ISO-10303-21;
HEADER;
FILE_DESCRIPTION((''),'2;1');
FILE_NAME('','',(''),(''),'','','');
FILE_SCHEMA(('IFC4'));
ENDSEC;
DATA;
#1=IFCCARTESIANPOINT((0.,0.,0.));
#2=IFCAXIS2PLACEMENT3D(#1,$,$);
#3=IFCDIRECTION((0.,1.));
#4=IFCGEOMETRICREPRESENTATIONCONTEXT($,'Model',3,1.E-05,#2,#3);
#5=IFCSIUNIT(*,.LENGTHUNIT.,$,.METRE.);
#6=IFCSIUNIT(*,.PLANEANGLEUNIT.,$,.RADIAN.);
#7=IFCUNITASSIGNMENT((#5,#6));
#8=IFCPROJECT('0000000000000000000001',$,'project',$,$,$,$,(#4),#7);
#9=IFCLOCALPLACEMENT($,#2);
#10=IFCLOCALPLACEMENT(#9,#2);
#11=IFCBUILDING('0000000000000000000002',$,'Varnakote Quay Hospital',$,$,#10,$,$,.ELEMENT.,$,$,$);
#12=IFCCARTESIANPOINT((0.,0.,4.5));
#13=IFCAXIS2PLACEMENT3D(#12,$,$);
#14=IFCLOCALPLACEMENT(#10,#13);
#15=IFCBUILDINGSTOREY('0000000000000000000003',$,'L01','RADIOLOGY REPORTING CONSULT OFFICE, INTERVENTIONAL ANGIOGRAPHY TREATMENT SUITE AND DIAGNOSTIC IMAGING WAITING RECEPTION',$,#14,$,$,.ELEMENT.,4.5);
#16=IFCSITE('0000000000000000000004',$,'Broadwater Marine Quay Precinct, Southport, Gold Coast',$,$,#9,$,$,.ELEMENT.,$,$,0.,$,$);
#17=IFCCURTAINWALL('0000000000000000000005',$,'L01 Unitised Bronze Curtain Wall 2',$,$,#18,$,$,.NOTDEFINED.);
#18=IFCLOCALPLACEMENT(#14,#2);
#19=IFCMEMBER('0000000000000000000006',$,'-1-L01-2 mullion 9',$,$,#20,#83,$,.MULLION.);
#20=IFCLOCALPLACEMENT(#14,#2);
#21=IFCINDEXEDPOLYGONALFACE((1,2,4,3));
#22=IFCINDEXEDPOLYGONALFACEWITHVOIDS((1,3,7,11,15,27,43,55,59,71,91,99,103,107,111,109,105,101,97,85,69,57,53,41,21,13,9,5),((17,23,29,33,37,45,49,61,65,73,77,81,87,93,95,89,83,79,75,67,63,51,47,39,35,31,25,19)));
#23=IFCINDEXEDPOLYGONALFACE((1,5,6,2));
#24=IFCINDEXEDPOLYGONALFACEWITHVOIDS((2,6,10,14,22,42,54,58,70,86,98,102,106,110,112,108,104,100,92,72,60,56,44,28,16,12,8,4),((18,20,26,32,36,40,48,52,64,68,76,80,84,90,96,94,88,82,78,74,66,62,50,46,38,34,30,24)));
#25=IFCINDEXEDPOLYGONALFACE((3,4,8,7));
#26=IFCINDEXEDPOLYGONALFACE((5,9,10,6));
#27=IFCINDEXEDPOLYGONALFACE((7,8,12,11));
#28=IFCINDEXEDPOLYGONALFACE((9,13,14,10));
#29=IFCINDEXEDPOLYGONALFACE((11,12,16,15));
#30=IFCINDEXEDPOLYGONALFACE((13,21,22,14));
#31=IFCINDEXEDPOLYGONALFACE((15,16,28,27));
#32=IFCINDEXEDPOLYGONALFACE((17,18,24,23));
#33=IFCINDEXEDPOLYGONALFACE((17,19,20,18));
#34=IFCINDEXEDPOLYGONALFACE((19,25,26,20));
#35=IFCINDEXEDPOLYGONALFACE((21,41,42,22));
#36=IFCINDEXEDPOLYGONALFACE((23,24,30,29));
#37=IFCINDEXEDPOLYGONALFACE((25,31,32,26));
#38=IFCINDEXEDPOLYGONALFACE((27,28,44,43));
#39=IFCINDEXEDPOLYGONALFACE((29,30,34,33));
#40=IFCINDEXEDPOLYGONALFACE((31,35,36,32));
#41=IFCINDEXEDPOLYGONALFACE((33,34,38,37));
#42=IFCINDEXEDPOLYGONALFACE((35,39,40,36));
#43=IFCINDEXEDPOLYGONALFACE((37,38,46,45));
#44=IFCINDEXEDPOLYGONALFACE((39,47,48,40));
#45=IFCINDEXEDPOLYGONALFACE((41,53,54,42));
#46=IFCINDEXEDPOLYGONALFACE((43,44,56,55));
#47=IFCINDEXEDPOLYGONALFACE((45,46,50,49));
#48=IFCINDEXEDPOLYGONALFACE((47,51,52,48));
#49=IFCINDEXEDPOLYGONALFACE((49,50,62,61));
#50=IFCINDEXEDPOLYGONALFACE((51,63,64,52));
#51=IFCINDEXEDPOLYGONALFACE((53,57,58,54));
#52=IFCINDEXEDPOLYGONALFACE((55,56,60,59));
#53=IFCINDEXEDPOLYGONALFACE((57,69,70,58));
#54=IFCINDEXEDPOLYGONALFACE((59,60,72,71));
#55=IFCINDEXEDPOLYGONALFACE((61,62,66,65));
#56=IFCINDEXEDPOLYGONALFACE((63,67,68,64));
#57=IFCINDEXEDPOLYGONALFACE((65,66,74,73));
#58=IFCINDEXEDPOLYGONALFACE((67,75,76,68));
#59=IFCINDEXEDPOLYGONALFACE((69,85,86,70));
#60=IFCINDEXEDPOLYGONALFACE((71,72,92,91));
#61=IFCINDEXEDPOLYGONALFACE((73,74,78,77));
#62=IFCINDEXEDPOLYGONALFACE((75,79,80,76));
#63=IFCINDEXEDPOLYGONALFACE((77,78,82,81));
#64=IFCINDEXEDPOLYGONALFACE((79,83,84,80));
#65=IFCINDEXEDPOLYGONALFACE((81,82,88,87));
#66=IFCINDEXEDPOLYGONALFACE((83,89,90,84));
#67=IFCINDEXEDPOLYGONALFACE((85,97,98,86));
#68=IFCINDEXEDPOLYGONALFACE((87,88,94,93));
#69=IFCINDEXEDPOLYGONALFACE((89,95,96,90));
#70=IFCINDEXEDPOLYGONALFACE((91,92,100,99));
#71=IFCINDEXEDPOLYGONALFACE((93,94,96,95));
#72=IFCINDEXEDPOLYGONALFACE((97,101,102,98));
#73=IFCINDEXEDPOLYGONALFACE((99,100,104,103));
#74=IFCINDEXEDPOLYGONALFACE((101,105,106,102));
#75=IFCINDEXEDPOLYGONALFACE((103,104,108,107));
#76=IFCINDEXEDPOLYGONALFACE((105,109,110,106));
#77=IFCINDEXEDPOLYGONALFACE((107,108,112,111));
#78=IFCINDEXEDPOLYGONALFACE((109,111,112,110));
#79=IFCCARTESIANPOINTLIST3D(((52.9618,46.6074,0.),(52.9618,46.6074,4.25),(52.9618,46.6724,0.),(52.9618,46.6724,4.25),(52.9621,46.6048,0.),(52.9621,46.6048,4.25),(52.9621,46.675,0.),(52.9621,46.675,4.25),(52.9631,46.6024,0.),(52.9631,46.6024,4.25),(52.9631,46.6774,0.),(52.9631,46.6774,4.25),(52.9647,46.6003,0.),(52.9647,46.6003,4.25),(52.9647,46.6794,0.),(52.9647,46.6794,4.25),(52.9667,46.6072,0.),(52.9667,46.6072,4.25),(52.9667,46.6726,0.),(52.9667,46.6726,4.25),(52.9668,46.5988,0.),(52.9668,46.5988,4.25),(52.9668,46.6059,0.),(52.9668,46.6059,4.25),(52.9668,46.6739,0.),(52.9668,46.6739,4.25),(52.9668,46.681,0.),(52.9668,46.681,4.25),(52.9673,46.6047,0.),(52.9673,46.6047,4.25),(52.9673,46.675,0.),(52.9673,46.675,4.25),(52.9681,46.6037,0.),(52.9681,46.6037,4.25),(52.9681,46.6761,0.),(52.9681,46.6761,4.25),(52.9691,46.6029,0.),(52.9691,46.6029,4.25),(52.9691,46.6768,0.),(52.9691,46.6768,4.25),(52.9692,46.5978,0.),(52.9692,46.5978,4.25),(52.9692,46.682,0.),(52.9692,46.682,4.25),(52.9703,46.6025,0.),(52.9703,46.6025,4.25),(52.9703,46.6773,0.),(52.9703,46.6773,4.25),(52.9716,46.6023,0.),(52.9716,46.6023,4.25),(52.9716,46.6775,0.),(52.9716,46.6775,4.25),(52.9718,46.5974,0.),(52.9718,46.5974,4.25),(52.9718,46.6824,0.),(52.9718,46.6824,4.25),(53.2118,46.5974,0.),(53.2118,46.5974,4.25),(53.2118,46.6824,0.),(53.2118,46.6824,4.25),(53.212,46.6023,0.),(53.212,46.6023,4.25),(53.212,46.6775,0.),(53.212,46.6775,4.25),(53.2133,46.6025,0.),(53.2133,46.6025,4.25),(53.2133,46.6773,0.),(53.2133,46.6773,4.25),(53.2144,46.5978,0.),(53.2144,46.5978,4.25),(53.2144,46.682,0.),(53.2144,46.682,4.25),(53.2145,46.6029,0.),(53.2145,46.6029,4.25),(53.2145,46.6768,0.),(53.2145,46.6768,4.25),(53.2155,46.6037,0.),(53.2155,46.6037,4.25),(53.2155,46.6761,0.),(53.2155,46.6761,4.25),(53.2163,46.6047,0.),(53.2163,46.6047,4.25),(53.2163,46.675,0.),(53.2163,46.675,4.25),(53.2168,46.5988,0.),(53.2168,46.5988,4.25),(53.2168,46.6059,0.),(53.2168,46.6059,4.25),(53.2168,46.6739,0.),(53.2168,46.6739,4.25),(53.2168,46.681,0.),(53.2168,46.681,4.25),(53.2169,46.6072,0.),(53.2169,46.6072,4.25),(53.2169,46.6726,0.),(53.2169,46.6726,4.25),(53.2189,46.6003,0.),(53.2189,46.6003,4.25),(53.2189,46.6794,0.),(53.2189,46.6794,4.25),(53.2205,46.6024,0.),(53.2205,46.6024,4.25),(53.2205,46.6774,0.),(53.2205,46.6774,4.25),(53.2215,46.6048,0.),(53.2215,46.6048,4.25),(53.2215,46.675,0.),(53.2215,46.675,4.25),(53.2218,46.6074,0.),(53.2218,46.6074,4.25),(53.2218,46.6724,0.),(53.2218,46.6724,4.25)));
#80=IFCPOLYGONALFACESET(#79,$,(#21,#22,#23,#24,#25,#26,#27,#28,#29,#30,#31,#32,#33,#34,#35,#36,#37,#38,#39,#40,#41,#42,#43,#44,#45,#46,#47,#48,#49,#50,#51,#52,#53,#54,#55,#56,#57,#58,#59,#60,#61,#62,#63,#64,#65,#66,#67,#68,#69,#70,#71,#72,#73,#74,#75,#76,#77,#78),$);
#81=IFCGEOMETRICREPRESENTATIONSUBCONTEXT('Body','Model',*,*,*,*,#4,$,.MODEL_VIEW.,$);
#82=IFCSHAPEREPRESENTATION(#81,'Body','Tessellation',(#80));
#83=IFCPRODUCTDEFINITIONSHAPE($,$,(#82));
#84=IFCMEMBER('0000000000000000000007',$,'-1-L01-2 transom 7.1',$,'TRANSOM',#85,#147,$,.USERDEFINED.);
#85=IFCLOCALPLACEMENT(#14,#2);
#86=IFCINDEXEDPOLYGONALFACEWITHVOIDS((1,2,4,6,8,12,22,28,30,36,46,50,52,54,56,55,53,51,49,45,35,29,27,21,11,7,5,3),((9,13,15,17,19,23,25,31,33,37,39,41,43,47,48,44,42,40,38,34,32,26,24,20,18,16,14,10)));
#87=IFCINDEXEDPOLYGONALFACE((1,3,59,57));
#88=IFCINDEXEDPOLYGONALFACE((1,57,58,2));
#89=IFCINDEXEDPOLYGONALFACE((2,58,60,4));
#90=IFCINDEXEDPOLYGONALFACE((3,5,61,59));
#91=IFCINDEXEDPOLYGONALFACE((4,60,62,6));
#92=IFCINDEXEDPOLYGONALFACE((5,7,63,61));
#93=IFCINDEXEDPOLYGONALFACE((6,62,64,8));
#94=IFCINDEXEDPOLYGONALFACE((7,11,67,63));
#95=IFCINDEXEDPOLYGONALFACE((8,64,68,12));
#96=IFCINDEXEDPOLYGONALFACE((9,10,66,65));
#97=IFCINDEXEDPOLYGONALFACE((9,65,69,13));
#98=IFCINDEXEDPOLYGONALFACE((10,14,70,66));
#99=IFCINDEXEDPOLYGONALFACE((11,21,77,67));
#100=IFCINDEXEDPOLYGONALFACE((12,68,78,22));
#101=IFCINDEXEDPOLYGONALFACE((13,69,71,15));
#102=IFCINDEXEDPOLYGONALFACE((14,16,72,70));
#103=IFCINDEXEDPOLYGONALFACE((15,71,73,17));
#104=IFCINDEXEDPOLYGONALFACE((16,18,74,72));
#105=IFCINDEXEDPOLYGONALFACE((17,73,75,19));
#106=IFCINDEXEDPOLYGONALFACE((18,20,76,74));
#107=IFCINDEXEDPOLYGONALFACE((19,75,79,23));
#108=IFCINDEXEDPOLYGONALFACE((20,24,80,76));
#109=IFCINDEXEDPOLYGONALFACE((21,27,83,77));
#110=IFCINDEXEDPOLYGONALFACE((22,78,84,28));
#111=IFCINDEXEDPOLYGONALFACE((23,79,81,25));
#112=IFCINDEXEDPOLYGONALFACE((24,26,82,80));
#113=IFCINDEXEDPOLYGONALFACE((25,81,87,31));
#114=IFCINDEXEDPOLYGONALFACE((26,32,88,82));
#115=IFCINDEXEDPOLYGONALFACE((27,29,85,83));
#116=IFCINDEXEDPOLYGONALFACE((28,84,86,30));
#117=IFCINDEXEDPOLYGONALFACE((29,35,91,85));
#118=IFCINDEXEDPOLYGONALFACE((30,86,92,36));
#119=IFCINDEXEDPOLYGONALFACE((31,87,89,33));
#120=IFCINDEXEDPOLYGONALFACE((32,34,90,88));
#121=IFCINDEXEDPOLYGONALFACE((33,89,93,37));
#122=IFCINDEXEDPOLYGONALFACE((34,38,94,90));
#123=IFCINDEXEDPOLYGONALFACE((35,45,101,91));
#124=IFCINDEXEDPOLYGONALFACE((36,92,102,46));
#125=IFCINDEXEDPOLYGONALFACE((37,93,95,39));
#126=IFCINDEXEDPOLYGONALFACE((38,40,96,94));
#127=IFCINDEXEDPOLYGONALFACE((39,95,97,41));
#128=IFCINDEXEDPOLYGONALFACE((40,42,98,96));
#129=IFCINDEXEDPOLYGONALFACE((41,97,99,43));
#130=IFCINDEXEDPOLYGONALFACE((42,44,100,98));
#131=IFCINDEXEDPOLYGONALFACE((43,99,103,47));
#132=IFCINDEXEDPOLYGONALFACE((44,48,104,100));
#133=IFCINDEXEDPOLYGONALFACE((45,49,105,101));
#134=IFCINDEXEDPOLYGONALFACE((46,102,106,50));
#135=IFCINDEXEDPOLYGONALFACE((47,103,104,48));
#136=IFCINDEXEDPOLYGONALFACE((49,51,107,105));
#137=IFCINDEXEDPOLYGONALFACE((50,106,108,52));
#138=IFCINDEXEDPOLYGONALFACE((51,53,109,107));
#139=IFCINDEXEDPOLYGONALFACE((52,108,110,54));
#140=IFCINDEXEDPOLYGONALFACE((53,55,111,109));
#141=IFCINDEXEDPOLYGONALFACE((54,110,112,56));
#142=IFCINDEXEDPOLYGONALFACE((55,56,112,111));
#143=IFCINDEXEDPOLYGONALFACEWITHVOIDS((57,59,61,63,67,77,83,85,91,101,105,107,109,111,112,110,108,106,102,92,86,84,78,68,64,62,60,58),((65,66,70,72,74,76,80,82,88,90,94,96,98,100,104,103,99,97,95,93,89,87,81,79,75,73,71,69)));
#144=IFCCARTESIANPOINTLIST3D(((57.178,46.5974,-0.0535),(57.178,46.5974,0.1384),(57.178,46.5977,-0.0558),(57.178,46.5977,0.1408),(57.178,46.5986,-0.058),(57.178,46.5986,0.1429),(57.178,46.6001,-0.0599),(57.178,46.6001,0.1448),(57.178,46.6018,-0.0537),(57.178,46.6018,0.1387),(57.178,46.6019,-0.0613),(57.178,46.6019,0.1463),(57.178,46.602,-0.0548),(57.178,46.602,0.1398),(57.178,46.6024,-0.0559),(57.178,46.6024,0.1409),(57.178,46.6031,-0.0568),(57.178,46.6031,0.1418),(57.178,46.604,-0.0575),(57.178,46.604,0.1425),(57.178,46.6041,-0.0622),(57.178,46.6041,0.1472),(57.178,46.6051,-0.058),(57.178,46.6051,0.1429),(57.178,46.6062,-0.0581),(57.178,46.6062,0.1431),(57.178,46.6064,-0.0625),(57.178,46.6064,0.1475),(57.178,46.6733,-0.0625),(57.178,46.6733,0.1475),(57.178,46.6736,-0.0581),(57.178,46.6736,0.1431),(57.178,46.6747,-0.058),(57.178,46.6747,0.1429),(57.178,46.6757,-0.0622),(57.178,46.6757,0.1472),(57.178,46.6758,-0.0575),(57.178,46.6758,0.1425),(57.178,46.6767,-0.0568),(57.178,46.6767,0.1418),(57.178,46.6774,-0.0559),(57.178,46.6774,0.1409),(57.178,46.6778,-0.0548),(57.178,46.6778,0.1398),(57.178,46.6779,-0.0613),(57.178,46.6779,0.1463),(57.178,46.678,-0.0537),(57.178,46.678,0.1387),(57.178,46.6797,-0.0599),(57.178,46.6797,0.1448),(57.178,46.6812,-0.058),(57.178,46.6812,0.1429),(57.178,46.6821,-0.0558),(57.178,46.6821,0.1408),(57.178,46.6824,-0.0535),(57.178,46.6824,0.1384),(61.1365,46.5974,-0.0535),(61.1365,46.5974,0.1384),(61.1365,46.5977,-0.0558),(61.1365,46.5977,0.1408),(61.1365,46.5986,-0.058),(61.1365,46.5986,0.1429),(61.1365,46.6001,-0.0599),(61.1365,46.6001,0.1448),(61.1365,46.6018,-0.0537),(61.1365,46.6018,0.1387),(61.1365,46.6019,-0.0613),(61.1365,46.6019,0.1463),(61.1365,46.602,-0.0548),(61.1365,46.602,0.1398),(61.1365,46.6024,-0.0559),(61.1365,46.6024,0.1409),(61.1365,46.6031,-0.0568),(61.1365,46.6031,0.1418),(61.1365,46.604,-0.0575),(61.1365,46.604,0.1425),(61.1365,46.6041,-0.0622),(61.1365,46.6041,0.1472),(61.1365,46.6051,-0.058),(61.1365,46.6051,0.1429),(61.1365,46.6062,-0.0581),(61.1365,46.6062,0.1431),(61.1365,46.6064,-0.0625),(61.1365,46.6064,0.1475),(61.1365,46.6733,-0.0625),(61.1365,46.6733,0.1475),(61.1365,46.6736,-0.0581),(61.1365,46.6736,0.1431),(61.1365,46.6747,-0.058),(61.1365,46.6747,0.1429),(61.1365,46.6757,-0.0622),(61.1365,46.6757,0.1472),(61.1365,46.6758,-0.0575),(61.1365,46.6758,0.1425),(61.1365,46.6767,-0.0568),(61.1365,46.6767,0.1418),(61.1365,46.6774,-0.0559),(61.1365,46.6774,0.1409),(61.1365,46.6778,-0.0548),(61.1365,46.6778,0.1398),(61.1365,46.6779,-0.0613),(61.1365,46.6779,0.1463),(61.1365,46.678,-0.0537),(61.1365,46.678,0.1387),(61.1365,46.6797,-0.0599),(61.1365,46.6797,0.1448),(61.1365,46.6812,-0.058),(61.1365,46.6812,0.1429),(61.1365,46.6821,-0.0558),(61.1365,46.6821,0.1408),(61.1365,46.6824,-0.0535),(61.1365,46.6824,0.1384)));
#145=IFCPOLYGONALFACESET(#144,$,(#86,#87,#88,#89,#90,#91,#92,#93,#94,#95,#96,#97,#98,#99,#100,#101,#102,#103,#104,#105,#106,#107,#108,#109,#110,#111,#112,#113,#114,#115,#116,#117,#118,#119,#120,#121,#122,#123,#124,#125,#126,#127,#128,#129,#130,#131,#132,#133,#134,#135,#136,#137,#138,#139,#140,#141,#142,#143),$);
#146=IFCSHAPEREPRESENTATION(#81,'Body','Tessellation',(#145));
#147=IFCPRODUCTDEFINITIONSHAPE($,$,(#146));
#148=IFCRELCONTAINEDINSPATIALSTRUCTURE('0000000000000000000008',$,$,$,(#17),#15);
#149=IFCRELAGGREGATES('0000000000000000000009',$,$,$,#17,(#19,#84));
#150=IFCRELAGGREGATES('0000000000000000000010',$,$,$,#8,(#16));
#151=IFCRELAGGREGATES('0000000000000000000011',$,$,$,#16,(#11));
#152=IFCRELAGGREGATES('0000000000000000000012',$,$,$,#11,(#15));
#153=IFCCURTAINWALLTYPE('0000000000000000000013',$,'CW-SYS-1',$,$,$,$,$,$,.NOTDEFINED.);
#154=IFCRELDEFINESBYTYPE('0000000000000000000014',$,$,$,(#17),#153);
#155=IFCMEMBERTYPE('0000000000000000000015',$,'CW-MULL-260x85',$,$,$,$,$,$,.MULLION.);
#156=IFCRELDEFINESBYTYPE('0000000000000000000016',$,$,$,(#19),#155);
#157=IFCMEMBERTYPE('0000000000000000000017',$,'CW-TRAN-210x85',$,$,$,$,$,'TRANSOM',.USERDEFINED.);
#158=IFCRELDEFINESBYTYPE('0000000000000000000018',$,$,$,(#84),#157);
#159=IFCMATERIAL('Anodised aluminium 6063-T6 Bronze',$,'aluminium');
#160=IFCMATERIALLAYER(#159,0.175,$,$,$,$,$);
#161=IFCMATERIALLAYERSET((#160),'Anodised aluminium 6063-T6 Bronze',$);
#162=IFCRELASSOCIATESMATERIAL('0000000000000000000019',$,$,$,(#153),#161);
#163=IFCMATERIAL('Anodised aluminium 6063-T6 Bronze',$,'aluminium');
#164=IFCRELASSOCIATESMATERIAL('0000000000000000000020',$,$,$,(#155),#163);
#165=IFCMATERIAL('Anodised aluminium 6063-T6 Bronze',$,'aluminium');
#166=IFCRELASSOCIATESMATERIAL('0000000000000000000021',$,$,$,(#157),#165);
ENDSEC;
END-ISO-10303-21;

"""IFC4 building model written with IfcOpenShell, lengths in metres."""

from ifc_helpers import new_model, si_unit, direction, frame, origin, origin_2d, place, context, subcontext, project, spatial, hollow_rectangle, extrude, material, layer, layer_set, material_profile, profile_set, type_object, element, aggregate, save


model = new_model("IFC4")

# Units and contexts
model_context = context("Model", 3, precision=1e-05, world=origin(), true_north=direction((0.0, 1.0)))
body_context = subcontext(model_context, "Body", "Model", "MODEL_VIEW")
ifc_project = project(units=[si_unit("LENGTHUNIT", "METRE"), si_unit("PLANEANGLEUNIT", "RADIAN")], contexts=[model_context])

# Site, building, storey
site_placement = place(None, origin())
site = spatial("IfcSite", under=ifc_project, at=site_placement, Name="Broadwater Marine Quay Precinct, Southport, Gold Coast", CompositionType="ELEMENT", RefElevation=0.0)
building_placement = place(site_placement, origin())
building = spatial("IfcBuilding", under=site, at=building_placement, Name="Varnakote Quay Hospital", CompositionType="ELEMENT")
storey_placement = place(building_placement, frame((0.0, 0.0, 4.5)))
storey = spatial("IfcBuildingStorey", under=building, at=storey_placement, Name="L01", Description="RADIOLOGY REPORTING CONSULT OFFICE, INTERVENTIONAL ANGIOGRAPHY TREATMENT SUITE AND DIAGNOSTIC IMAGING WAITING RECEPTION", CompositionType="ELEMENT", Elevation=4.5)

# Curtain wall, members
ifc_material_1 = material(Name="Anodised aluminium 6063-T6 Bronze", Category="aluminium")
ifc_layer_1 = layer(ifc_material_1, 0.175)
ifc_layer_set_1 = layer_set([ifc_layer_1], Name="Anodised aluminium 6063-T6 Bronze")
curtain_wall_type = type_object("IfcCurtainWallType", Name="CW-SYS-1", PredefinedType="NOTDEFINED", material=ifc_layer_set_1)
curtain_wall_placement = place(storey_placement, origin())
curtain_wall = element("IfcCurtainWall", 1, at=curtain_wall_placement, inside=storey, type_object=curtain_wall_type, Name="L01 Unitised Bronze Curtain Wall 2", PredefinedType="NOTDEFINED")
ifc_material_2 = material(Name="Anodised aluminium 6063-T6 Bronze", Category="aluminium")
ifc_material_profile_1 = material_profile(ifc_material_2, hollow_rectangle(XDim=0.085, YDim=0.26, WallThickness=0.0049, InnerFilletRadius=0.0049, OuterFilletRadius=0.01, at=origin_2d()), Name="CW-MULL-260x85")
ifc_profile_set_1 = profile_set([ifc_material_profile_1], Name="Anodised aluminium 6063-T6 Bronze")
member_type_1 = type_object("IfcMemberType", Name="CW-MULL-260x85", PredefinedType="MULLION", material=ifc_profile_set_1)
member_1_placement = place(storey_placement, frame((53.0918, 46.6399, 0.0), z_axis=(0.0, 0.0, 1.0), x_axis=(0.0, -1.0, 0.0)))
member_1 = element("IfcMember", 2, at=member_1_placement, type_object=member_type_1, Name="-1-L01-2 mullion 9", PredefinedType="MULLION", context=body_context, shape_type="SweptSolid", body=[
    extrude(hollow_rectangle(XDim=0.085, YDim=0.26, WallThickness=0.0049, InnerFilletRadius=0.0049, OuterFilletRadius=0.01, at=origin_2d()), origin(), (0.0, 0.0, 1.0), 4.25),
])
ifc_material_3 = material(Name="Anodised aluminium 6063-T6 Bronze", Category="aluminium")
ifc_material_profile_2 = material_profile(ifc_material_3, hollow_rectangle(XDim=0.085, YDim=0.21, WallThickness=0.0044, InnerFilletRadius=0.0044, OuterFilletRadius=0.009, at=origin_2d()), Name="CW-TRAN-210x85")
ifc_profile_set_2 = profile_set([ifc_material_profile_2], Name="Anodised aluminium 6063-T6 Bronze")
member_type_2 = type_object("IfcMemberType", Name="CW-TRAN-210x85", ElementType="TRANSOM", PredefinedType="USERDEFINED", material=ifc_profile_set_2)
member_2_placement = place(storey_placement, frame((61.1365, 46.6399, 0.0425), z_axis=(-1.0, 0.0, 0.0), x_axis=(0.0, -1.0, 0.0)))
member_2 = element("IfcMember", 3, at=member_2_placement, type_object=member_type_2, Name="-1-L01-2 transom 7.1", ObjectType="TRANSOM", PredefinedType="USERDEFINED", context=body_context, shape_type="SweptSolid", body=[
    extrude(hollow_rectangle(XDim=0.085, YDim=0.21, WallThickness=0.0044, InnerFilletRadius=0.0044, OuterFilletRadius=0.009, at=origin_2d()), origin(), (0.0, 0.0, 1.0), 3.9585),
])

aggregate(curtain_wall, [member_1, member_2])

save(model, "model.ifc")
